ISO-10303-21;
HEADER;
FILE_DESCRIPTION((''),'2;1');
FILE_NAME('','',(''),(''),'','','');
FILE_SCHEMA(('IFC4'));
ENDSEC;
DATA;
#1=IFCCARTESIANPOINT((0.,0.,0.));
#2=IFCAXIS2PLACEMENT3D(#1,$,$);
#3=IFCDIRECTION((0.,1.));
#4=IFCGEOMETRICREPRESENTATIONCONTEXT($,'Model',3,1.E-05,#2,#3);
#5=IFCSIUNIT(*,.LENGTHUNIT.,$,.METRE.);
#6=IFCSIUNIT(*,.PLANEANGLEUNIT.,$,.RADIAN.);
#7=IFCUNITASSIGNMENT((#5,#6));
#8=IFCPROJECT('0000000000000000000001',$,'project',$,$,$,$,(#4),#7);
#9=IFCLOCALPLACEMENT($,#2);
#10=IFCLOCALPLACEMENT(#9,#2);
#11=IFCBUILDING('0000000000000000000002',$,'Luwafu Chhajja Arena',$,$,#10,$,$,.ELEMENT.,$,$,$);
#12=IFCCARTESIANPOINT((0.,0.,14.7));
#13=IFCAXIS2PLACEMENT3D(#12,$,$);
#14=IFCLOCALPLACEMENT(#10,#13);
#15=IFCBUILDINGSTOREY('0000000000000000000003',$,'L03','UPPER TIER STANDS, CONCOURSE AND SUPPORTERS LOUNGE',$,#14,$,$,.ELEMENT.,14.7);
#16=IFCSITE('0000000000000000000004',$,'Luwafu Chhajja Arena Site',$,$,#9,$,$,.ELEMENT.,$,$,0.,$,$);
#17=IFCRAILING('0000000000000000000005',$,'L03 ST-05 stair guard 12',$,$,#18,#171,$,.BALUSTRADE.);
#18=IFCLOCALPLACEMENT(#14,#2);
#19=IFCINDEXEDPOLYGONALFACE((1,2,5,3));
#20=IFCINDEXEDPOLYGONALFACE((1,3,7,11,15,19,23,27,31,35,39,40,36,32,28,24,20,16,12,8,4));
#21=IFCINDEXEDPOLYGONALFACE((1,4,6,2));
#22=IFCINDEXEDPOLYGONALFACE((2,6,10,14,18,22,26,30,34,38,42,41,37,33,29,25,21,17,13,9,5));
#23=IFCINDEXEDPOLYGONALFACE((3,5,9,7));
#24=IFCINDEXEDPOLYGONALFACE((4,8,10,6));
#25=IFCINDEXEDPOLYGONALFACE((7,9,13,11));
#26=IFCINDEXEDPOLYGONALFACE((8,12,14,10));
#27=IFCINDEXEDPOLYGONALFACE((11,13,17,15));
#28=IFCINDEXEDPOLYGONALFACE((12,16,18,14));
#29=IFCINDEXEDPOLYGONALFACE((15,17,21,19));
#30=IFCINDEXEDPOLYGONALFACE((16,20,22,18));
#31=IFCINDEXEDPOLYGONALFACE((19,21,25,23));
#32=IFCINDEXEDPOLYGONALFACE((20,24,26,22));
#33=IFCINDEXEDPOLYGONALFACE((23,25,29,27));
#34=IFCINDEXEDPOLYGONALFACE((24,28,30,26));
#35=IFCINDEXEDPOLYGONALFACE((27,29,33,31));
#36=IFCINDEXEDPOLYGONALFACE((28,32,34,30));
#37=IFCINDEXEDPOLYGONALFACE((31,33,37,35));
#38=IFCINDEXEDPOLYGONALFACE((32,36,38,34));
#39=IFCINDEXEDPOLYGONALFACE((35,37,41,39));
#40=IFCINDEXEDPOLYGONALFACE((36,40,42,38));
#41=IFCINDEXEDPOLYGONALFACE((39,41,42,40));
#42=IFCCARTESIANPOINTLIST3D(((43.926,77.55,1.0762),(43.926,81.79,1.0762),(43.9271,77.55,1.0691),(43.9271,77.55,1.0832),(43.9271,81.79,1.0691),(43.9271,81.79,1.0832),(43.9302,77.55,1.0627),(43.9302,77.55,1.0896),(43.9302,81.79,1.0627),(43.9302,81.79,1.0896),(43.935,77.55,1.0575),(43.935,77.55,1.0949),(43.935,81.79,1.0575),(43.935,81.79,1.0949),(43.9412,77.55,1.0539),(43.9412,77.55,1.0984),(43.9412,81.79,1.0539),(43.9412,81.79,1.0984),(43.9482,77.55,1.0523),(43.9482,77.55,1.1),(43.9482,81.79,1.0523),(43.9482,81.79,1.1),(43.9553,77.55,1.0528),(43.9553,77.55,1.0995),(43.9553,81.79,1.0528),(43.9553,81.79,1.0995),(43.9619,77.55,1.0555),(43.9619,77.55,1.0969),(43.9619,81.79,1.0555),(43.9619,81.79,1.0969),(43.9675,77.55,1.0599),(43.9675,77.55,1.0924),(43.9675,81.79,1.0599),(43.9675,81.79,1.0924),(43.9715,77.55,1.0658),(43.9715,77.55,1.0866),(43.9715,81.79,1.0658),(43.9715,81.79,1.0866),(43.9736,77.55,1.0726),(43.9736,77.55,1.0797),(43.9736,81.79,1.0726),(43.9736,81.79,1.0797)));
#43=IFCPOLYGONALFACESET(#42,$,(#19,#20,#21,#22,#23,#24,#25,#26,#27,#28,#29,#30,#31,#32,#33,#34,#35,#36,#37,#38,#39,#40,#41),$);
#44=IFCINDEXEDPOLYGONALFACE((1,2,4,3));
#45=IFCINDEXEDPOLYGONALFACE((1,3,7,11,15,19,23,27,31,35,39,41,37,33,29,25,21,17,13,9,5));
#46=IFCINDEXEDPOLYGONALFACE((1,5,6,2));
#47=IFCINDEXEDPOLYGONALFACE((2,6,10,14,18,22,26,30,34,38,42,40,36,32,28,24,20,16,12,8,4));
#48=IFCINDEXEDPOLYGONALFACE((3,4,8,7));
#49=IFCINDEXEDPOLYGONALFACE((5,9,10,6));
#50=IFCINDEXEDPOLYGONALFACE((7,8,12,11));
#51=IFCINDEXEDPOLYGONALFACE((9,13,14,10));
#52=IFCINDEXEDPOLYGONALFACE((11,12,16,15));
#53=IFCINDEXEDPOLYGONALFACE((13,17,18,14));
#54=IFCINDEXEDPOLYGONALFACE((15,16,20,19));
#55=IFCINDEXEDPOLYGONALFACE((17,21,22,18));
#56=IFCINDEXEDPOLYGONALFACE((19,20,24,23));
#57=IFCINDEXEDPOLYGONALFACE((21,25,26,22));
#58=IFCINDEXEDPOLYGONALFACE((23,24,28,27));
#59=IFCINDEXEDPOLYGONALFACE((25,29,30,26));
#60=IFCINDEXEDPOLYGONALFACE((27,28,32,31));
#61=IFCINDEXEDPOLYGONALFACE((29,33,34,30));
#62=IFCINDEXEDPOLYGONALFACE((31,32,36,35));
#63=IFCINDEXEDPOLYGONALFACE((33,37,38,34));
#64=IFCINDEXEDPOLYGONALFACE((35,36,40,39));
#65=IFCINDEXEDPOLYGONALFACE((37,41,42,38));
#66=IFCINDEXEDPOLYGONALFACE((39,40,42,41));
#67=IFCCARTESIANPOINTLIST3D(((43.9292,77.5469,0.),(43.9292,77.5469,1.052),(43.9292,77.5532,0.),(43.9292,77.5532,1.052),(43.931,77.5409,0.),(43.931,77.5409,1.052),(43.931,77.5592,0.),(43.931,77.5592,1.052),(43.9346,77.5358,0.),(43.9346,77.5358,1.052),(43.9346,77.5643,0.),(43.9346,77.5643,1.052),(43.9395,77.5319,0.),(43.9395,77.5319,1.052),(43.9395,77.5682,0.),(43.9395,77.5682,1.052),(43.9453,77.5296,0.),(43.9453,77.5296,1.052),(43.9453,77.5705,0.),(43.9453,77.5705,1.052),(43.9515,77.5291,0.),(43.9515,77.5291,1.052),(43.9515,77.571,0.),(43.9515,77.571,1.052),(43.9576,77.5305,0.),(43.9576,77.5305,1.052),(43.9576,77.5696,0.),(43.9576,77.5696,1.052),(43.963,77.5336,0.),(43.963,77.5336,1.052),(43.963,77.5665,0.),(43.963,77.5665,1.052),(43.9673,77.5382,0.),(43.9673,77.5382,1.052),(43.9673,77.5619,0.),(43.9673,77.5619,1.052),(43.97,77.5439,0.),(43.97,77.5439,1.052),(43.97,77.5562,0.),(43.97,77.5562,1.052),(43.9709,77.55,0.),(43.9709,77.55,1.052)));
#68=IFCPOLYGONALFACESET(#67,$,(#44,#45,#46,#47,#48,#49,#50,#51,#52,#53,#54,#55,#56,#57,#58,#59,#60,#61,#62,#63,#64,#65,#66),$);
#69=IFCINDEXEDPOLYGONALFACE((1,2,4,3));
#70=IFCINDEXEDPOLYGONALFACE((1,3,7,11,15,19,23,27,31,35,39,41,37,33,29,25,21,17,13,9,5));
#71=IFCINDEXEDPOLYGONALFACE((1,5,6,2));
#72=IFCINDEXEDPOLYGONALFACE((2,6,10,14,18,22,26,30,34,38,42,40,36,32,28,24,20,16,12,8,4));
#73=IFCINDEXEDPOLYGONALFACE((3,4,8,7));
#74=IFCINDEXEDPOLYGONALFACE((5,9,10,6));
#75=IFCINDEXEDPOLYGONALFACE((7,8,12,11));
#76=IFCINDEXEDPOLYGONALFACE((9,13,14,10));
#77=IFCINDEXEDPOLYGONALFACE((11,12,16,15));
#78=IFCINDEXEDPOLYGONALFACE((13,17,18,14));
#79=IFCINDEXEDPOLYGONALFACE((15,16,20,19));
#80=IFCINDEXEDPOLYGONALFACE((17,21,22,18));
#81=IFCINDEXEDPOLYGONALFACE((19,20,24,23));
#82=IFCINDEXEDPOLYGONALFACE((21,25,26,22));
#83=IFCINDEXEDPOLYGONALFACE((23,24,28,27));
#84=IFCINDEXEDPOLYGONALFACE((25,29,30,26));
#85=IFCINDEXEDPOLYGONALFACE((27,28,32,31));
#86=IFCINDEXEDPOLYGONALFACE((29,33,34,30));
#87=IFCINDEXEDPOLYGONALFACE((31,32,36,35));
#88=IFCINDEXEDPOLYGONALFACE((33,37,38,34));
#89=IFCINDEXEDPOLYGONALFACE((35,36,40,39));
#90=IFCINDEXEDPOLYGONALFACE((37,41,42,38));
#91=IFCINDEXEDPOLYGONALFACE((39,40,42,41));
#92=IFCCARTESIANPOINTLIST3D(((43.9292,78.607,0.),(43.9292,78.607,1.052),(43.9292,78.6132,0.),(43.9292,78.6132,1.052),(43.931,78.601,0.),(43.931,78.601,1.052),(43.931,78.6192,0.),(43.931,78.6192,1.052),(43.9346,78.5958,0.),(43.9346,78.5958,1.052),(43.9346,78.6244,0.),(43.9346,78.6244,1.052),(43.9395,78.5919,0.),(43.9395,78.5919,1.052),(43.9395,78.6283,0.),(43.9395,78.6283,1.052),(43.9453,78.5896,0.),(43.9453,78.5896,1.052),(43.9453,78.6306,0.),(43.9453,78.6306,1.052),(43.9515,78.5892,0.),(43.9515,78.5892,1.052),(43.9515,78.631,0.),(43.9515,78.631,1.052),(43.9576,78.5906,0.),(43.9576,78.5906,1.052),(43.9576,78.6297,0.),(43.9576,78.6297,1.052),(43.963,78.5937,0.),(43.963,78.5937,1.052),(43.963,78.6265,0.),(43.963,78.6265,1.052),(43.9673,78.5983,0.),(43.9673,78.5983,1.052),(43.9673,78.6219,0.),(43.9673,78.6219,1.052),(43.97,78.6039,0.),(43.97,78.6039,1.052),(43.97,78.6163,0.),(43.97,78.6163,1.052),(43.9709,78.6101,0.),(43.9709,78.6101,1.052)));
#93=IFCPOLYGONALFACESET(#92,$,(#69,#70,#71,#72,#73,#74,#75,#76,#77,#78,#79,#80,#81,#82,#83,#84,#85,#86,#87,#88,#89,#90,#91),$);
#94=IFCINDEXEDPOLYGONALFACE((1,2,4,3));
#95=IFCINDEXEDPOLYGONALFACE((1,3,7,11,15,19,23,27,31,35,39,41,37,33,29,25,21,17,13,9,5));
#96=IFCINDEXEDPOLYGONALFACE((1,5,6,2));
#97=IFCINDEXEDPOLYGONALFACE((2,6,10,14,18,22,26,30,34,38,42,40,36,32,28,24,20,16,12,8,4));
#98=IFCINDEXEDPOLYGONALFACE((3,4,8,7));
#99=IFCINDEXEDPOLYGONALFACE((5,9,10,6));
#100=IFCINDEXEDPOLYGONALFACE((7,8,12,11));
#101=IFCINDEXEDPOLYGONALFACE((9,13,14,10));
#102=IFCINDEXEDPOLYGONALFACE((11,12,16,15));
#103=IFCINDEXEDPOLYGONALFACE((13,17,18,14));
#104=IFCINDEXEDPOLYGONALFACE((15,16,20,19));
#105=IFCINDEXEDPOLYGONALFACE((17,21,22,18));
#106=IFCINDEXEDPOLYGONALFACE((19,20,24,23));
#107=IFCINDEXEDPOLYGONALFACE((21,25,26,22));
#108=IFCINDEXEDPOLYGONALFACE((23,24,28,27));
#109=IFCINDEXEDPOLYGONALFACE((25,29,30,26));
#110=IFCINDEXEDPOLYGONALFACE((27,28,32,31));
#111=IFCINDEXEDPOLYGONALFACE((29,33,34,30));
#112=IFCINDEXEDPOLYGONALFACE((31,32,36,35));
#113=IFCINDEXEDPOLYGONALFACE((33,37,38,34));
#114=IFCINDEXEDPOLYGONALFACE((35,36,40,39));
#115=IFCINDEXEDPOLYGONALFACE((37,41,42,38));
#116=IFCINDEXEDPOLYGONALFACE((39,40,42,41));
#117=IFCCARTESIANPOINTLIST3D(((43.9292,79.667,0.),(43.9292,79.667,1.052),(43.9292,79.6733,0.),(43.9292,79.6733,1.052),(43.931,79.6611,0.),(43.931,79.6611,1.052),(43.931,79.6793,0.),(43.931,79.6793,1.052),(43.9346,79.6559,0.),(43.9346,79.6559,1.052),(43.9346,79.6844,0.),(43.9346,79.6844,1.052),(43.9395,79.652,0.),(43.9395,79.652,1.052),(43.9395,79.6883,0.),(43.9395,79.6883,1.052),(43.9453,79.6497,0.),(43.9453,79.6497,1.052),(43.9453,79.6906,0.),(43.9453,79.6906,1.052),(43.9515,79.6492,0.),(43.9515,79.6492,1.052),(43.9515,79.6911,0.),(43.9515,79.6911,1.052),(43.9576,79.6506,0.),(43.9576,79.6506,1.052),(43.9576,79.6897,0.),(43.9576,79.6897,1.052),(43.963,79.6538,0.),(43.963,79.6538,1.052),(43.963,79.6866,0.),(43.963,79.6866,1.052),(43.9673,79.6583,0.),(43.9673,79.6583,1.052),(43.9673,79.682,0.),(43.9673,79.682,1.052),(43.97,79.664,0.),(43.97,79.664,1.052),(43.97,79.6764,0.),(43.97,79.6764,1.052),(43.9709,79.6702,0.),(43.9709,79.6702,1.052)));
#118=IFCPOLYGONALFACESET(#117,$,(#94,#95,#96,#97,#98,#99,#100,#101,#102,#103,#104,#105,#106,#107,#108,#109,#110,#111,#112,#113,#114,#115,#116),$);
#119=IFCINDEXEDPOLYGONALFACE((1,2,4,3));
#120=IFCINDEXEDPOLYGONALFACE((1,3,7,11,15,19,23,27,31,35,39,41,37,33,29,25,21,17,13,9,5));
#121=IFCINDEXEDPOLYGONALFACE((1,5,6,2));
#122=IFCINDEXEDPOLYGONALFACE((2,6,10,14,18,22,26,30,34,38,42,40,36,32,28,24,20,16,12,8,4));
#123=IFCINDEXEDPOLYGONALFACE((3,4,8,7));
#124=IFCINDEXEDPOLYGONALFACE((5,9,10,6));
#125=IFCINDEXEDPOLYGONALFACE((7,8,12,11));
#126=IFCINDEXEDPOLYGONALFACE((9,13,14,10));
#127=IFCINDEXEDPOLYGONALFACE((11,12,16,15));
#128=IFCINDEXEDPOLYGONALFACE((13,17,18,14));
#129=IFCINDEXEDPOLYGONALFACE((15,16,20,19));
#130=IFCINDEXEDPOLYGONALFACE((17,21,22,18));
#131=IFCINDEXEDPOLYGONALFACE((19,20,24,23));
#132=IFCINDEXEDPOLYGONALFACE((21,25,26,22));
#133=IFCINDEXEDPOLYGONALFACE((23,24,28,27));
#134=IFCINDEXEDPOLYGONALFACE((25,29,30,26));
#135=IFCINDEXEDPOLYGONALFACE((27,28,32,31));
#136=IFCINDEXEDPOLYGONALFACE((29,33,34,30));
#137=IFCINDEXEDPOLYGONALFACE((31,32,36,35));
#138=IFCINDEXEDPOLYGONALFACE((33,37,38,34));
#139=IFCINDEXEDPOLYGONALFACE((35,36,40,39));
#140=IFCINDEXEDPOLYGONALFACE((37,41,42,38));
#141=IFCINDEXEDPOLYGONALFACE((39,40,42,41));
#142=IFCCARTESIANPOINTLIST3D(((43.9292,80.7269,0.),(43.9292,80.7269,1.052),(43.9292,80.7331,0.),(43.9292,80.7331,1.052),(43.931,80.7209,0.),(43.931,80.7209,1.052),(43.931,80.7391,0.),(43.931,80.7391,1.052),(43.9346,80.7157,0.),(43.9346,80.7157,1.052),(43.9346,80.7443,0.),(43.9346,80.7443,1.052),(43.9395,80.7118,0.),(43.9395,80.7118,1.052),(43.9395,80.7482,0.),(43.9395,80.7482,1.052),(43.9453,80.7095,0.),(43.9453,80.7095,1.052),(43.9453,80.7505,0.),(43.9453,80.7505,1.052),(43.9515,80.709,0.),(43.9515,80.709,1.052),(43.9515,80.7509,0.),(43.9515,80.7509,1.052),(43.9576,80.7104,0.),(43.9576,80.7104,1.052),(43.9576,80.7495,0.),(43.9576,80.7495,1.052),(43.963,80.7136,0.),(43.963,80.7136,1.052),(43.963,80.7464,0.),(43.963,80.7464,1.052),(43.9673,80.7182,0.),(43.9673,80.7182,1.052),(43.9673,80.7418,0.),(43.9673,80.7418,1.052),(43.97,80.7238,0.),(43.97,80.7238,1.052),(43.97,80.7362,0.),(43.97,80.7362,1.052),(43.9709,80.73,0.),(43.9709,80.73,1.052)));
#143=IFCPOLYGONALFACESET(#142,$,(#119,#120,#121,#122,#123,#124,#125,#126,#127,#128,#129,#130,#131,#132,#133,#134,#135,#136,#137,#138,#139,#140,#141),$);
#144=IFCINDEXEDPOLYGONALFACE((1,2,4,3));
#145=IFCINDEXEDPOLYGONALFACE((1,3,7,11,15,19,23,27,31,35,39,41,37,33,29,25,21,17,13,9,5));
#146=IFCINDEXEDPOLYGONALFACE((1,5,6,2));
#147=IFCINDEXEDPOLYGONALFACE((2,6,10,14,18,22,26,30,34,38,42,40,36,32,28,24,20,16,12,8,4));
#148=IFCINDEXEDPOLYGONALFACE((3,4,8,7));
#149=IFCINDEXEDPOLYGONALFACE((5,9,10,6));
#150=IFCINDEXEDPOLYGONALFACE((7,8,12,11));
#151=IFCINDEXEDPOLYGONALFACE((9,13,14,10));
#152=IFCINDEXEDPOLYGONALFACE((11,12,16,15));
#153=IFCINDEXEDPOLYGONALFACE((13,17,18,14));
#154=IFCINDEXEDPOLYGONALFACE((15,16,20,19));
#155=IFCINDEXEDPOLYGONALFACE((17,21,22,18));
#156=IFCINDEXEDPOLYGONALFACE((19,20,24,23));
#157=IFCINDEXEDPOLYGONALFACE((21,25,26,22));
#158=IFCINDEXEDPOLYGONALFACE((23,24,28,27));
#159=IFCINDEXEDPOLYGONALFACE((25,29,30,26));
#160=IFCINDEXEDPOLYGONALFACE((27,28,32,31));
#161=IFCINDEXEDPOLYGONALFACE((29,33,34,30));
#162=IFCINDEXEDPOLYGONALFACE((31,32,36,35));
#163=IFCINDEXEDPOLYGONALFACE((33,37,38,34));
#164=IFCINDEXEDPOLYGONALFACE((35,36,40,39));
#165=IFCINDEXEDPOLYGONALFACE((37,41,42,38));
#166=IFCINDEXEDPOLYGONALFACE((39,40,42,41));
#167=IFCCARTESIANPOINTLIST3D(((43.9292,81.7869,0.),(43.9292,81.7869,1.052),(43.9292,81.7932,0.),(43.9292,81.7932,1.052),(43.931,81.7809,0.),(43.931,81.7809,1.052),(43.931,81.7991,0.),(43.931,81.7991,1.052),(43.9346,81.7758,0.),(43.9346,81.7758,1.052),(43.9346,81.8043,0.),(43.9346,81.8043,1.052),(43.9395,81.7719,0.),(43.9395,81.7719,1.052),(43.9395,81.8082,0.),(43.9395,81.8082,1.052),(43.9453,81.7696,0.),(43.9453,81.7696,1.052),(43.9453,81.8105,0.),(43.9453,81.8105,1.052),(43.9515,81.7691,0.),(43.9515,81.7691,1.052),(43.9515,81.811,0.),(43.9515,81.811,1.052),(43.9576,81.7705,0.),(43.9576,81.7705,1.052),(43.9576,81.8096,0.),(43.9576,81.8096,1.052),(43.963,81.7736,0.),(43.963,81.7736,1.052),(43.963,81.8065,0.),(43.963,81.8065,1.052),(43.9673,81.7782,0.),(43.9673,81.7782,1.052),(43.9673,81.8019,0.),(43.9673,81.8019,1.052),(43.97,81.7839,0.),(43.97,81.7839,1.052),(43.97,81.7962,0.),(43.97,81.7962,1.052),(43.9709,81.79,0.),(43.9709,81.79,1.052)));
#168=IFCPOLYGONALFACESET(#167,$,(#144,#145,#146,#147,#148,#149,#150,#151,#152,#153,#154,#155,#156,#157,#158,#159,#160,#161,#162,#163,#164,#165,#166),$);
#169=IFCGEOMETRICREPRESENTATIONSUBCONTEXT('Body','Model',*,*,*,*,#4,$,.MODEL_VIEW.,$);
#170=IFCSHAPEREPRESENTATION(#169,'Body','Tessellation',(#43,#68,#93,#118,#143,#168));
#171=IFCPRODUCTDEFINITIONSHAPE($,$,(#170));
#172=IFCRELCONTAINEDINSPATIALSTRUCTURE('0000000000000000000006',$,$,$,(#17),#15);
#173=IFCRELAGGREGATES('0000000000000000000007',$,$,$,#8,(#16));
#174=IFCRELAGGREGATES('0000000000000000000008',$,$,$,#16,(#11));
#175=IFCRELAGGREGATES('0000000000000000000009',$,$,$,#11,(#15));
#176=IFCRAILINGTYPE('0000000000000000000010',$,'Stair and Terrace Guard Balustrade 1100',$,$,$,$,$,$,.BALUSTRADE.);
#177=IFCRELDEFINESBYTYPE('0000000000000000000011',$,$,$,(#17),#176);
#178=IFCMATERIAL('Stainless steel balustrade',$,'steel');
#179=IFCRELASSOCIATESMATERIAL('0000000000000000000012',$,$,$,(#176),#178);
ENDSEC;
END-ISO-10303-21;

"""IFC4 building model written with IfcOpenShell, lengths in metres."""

from ifc_helpers import new_model, si_unit, direction, frame, origin, origin_2d, place, context, subcontext, project, spatial, circle, extrude, material, type_object, element, save


model = new_model("IFC4")

# Units and contexts
model_context = context("Model", 3, precision=1e-05, world=origin(), true_north=direction((0.0, 1.0)))
body_context = subcontext(model_context, "Body", "Model", "MODEL_VIEW")
ifc_project = project(units=[si_unit("LENGTHUNIT", "METRE"), si_unit("PLANEANGLEUNIT", "RADIAN")], contexts=[model_context])

# Site, building, storey
site_placement = place(None, origin())
site = spatial("IfcSite", under=ifc_project, at=site_placement, Name="Luwafu Chhajja Arena Site", CompositionType="ELEMENT", RefElevation=0.0)
building_placement = place(site_placement, origin())
building = spatial("IfcBuilding", under=site, at=building_placement, Name="Luwafu Chhajja Arena", CompositionType="ELEMENT")
storey_placement = place(building_placement, frame((0.0, 0.0, 14.7)))
storey = spatial("IfcBuildingStorey", under=building, at=storey_placement, Name="L03", Description="UPPER TIER STANDS, CONCOURSE AND SUPPORTERS LOUNGE", CompositionType="ELEMENT", Elevation=14.7)

# Railing
ifc_material_1 = material(Name="Stainless steel balustrade", Category="steel")
railing_type = type_object("IfcRailingType", Name="Stair and Terrace Guard Balustrade 1100", PredefinedType="BALUSTRADE", material=ifc_material_1)
for number, where, name in (
    (1, (43.95, 77.55, 0.0), "L03 ST-05 stair guard 12"),
):
    element("IfcRailing", number, at=place(storey_placement, frame(where)), inside=storey, type_object=railing_type, Name=name, PredefinedType="BALUSTRADE", context=body_context, shape_type="SweptSolid", body=[
        extrude(circle(Radius=0.0239, at=origin_2d()), frame((0.0, 0.0, 1.0762), z_axis=(0.0, 1.0, 0.0), x_axis=(-1.0, 0.0, 0.0)), (0.0, 0.0, 1.0), 4.24),
        extrude(circle(Radius=0.021, at=origin_2d()), origin(), (0.0, 0.0, 1.0), 1.052),
        extrude(circle(Radius=0.021, at=origin_2d()), frame((0.0, 1.0601, 0.0)), (0.0, 0.0, 1.0), 1.052),
        extrude(circle(Radius=0.021, at=origin_2d()), frame((0.0, 2.1201, 0.0)), (0.0, 0.0, 1.0), 1.052),
        extrude(circle(Radius=0.021, at=origin_2d()), frame((0.0, 3.1799, 0.0)), (0.0, 0.0, 1.0), 1.052),
        extrude(circle(Radius=0.021, at=origin_2d()), frame((0.0, 4.24, 0.0)), (0.0, 0.0, 1.0), 1.052),
    ])

save(model, "model.ifc")
